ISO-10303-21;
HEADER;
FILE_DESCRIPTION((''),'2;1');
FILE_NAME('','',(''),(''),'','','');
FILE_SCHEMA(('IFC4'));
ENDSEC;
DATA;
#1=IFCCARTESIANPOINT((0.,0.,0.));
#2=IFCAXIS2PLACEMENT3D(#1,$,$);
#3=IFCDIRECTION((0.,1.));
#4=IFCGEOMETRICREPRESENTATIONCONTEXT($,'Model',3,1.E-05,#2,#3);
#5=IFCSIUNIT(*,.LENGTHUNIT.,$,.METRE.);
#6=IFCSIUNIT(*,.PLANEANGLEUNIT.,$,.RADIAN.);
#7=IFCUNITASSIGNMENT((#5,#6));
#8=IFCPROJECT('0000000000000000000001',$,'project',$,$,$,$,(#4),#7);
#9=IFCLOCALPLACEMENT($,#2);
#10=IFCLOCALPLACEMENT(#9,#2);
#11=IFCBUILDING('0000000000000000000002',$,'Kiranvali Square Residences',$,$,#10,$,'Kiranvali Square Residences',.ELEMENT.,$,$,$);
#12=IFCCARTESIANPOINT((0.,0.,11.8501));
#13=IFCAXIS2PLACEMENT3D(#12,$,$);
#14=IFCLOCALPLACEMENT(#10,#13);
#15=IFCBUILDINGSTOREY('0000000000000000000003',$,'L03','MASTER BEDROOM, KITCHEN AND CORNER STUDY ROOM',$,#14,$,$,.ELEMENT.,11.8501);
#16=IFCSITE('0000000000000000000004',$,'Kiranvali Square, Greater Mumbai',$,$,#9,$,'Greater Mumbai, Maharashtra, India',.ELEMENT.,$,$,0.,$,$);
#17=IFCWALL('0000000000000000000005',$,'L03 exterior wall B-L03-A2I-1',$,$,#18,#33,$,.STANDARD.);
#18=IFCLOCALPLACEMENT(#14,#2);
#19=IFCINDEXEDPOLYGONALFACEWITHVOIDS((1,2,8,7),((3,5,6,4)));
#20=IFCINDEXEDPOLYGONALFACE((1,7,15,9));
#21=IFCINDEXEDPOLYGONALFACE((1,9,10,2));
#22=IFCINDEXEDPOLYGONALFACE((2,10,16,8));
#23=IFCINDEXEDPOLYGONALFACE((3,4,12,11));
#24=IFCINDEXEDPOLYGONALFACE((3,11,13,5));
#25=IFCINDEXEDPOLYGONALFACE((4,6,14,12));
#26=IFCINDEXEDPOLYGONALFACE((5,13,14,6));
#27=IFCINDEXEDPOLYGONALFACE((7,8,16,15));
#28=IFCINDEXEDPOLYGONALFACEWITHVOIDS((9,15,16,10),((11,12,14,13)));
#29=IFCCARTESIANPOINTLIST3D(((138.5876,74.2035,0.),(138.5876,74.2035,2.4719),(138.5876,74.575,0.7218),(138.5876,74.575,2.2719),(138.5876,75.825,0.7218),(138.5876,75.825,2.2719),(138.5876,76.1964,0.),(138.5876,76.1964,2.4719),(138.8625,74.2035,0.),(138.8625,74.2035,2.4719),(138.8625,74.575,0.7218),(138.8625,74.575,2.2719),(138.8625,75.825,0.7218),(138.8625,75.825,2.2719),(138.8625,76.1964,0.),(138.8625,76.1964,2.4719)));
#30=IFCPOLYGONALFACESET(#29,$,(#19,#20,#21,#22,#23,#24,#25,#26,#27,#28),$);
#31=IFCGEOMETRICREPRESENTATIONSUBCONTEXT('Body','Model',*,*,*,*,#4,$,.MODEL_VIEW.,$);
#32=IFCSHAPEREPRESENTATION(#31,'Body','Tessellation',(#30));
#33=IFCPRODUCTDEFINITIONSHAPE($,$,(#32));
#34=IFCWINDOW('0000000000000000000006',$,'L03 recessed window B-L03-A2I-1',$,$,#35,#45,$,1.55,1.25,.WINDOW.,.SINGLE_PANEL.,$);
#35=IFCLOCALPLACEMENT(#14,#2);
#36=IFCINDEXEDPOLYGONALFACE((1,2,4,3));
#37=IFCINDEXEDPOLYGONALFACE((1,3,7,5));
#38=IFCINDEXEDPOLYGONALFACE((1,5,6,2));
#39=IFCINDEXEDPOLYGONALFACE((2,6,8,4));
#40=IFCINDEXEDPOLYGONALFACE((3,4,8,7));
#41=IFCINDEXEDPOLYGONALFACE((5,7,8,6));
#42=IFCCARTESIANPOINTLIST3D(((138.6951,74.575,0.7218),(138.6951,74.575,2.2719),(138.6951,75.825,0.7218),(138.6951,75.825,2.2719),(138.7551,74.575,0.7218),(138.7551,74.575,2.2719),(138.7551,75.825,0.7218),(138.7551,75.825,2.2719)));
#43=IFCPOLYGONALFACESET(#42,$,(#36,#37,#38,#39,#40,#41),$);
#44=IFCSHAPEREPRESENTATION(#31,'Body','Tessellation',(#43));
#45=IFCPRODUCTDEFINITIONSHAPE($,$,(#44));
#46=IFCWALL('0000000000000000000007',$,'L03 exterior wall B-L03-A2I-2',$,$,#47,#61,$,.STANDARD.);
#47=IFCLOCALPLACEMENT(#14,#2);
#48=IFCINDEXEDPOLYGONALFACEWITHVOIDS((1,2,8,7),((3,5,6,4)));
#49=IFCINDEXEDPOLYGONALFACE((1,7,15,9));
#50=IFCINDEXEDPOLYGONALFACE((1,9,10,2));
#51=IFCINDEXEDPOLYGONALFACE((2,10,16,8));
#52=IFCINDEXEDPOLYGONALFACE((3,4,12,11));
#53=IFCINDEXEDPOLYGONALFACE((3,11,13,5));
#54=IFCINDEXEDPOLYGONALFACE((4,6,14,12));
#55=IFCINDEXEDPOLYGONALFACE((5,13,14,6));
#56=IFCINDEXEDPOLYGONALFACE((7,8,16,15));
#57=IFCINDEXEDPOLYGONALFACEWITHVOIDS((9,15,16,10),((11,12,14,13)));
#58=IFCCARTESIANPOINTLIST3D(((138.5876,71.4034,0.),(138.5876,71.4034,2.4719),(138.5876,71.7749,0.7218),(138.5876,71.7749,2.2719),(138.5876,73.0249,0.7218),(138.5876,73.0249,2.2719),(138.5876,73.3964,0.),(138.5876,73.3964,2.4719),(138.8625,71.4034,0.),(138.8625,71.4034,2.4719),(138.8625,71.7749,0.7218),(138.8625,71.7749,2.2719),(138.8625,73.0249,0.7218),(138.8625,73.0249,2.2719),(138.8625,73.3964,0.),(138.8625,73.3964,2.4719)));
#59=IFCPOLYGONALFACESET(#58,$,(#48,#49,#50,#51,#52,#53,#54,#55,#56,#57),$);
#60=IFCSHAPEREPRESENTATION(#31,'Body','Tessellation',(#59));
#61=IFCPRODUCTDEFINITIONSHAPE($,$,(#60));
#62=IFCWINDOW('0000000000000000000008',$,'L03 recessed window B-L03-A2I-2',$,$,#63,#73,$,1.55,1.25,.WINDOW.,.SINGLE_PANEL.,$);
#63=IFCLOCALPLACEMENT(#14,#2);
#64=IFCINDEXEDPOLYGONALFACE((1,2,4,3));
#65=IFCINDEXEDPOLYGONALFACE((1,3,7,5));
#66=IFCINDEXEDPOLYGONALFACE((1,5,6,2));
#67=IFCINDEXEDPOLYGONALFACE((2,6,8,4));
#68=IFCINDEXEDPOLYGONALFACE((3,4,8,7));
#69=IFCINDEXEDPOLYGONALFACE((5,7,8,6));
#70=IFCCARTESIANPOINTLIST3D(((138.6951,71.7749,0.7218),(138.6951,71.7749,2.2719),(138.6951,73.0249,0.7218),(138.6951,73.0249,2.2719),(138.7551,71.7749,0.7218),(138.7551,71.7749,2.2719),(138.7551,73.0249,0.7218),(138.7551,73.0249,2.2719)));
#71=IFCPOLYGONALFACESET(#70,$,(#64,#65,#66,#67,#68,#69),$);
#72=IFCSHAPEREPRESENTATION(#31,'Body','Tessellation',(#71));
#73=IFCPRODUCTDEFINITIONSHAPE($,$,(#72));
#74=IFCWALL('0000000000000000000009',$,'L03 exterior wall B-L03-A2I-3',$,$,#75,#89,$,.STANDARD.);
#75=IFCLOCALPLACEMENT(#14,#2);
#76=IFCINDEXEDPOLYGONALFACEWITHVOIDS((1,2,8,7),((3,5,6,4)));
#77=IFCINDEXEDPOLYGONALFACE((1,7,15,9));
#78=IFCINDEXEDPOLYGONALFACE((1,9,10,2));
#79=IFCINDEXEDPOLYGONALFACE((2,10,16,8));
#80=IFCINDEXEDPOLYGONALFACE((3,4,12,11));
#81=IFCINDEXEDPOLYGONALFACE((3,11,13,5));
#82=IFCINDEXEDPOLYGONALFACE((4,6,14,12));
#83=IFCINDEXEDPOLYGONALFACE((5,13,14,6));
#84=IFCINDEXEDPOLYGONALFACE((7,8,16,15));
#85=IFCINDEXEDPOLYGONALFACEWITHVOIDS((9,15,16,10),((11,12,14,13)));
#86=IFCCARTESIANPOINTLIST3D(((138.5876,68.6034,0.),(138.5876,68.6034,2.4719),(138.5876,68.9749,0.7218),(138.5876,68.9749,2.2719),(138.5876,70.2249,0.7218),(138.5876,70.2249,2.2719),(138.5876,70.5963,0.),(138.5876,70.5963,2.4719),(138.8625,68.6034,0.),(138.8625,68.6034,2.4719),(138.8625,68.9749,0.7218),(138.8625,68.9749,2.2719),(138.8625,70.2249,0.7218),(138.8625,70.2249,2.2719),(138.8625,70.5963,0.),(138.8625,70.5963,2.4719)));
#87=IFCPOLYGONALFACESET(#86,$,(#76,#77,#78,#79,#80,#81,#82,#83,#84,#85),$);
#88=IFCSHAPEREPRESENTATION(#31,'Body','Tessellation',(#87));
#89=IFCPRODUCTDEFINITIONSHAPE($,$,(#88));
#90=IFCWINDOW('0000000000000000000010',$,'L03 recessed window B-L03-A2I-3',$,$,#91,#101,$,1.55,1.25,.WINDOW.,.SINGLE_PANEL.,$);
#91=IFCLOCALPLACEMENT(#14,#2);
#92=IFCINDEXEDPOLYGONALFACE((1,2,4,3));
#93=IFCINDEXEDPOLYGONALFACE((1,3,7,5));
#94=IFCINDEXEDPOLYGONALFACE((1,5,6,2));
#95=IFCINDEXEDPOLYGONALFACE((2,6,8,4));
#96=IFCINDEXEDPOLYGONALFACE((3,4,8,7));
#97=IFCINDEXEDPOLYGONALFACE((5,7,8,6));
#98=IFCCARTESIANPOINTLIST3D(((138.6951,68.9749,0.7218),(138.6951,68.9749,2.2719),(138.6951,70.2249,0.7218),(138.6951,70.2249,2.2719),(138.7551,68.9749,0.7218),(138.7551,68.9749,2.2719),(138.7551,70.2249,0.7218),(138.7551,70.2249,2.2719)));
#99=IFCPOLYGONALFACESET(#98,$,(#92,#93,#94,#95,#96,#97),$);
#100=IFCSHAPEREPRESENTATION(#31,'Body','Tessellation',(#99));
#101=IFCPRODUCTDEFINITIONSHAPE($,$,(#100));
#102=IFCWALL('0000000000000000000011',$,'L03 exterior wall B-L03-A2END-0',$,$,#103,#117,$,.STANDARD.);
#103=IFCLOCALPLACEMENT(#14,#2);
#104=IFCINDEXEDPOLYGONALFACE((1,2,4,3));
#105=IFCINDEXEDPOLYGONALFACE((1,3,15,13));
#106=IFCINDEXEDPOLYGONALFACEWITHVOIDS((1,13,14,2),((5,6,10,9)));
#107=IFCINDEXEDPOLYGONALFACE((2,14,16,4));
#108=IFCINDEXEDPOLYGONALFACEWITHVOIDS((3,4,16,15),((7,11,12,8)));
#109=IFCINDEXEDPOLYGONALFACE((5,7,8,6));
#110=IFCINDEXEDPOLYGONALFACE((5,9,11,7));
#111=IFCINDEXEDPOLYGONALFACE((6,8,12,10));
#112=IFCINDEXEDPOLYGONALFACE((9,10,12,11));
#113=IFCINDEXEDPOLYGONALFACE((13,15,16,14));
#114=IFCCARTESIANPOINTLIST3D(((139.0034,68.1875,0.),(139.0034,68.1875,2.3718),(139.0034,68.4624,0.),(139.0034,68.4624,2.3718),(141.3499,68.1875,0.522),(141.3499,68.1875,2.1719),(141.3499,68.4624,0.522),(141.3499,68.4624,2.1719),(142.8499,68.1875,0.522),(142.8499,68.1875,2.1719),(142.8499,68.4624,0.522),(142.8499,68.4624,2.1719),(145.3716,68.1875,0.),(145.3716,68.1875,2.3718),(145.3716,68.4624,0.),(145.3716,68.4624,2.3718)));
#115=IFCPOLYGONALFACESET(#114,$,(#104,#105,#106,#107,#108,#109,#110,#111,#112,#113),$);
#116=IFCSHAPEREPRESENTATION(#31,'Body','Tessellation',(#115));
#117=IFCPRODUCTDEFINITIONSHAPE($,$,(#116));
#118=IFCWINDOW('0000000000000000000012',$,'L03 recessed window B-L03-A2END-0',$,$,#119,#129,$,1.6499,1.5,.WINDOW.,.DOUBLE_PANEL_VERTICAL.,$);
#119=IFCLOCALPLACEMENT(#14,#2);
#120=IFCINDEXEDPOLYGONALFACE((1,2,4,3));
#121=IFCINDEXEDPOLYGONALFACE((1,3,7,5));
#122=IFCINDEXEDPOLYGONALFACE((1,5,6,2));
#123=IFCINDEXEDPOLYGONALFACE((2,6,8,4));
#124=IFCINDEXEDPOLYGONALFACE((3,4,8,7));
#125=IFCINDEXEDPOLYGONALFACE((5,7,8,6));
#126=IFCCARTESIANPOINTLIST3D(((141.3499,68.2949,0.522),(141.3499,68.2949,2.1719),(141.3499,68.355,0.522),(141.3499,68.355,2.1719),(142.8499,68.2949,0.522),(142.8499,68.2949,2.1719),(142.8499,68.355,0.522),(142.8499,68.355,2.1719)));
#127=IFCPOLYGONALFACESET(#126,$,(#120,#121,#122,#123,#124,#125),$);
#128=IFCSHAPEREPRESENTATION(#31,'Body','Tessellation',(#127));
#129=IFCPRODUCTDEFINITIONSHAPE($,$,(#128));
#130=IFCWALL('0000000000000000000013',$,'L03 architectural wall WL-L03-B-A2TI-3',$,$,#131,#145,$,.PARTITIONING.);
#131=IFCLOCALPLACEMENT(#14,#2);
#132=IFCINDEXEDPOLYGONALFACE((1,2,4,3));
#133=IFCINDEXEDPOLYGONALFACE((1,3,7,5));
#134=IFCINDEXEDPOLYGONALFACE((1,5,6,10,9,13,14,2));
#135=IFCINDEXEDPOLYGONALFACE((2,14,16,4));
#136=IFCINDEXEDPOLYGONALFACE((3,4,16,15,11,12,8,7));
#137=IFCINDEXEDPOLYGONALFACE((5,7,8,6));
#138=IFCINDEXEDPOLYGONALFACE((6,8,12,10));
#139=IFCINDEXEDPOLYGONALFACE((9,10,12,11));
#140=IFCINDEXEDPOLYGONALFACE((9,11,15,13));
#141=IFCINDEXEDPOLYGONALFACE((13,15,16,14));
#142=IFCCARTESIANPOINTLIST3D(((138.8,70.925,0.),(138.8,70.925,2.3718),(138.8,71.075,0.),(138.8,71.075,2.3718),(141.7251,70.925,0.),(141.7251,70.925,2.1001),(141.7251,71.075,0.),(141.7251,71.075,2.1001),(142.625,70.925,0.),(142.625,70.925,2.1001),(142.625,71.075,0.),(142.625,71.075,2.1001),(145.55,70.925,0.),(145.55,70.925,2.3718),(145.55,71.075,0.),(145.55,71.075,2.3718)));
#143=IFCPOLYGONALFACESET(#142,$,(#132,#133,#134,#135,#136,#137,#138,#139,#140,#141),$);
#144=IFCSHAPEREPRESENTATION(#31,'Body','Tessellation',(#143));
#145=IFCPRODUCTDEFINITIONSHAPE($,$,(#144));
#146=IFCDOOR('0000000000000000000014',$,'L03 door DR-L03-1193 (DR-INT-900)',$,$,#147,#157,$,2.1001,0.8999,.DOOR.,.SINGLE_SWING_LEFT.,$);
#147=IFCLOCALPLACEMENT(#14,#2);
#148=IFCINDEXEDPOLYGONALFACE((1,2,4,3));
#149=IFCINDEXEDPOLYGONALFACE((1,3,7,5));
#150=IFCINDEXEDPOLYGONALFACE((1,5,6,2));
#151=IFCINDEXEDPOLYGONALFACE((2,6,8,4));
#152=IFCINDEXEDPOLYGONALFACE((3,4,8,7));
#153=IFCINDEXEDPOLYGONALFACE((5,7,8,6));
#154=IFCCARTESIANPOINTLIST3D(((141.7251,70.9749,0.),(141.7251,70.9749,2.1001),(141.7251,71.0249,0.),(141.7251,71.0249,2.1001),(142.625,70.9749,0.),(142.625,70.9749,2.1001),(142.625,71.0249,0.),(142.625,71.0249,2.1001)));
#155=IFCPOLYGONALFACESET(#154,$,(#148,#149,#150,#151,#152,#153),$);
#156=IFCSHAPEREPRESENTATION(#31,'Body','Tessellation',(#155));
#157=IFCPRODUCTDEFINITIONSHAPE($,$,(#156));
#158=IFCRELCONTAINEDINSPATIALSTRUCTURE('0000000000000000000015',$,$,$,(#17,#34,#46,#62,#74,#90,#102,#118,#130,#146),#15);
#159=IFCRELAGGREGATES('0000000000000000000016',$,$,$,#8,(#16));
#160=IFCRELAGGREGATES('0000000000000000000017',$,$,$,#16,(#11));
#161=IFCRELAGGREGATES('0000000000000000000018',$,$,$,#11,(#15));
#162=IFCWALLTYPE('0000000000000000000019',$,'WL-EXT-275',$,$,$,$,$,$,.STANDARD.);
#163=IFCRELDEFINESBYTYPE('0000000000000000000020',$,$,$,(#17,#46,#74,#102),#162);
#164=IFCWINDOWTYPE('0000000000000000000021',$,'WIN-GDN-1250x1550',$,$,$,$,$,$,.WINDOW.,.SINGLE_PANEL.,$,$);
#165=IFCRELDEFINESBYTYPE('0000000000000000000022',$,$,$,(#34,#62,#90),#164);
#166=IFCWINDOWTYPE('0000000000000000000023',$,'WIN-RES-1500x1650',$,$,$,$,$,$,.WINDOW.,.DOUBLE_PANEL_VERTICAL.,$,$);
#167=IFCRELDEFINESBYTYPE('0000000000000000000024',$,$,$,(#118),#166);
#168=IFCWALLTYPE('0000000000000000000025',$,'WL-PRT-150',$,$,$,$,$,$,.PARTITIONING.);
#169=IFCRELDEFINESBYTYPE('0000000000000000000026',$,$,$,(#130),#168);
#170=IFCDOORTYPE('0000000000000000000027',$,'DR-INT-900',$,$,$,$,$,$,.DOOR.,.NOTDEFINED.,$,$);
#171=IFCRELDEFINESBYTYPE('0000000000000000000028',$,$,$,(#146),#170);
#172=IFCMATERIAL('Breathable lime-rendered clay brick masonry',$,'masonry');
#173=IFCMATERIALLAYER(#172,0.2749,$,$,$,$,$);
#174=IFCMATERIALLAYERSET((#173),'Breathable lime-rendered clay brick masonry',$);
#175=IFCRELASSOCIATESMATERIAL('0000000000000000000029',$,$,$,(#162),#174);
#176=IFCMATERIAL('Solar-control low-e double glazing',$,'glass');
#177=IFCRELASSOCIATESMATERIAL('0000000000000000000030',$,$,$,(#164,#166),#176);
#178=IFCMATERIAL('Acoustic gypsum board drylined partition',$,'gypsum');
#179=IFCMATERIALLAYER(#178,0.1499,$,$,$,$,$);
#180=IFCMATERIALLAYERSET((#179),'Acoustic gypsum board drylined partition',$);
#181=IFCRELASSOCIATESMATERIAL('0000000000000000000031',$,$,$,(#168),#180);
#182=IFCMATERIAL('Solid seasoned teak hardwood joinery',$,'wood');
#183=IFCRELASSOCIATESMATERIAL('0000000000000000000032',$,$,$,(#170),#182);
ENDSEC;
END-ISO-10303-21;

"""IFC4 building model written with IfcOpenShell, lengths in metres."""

from ifc_helpers import new_model, si_unit, direction, frame, frame_2d, origin, place, context, subcontext, project, spatial, rectangle, extrude, material, layer, layer_set, type_object, element, fill, save


model = new_model("IFC4")

# Units and contexts
model_context = context("Model", 3, precision=1e-05, world=origin(), true_north=direction((0.0, 1.0)))
body_context = subcontext(model_context, "Body", "Model", "MODEL_VIEW")
ifc_project = project(units=[si_unit("LENGTHUNIT", "METRE"), si_unit("PLANEANGLEUNIT", "RADIAN")], contexts=[model_context])

# Site, building, storey
site_placement = place(None, origin())
site = spatial("IfcSite", under=ifc_project, at=site_placement, Name="Kiranvali Square, Greater Mumbai", LongName="Greater Mumbai, Maharashtra, India", CompositionType="ELEMENT", RefElevation=0.0)
building_placement = place(site_placement, origin())
building = spatial("IfcBuilding", under=site, at=building_placement, Name="Kiranvali Square Residences", LongName="Kiranvali Square Residences", CompositionType="ELEMENT")
storey_placement = place(building_placement, frame((0.0, 0.0, 11.8501)))
storey = spatial("IfcBuildingStorey", under=building, at=storey_placement, Name="L03", Description="MASTER BEDROOM, KITCHEN AND CORNER STUDY ROOM", CompositionType="ELEMENT", Elevation=11.8501)

# Walls, openings, windows
ifc_material_1 = material(Name="Breathable lime-rendered clay brick masonry", Category="masonry")
ifc_layer_1 = layer(ifc_material_1, 0.2749)
ifc_layer_set_1 = layer_set([ifc_layer_1], Name="Breathable lime-rendered clay brick masonry")
wall_type_1 = type_object("IfcWallType", Name="WL-EXT-275", PredefinedType="STANDARD", material=ifc_layer_set_1)
wall_1_placement = place(storey_placement, frame((138.7251, 76.1965, 0.0), z_axis=(0.0, 0.0, 1.0), x_axis=(0.0, -1.0, 0.0)))
wall_1 = element("IfcWall", 1, at=wall_1_placement, inside=storey, type_object=wall_type_1, Name="L03 exterior wall B-L03-A2I-1", PredefinedType="STANDARD", context=body_context, shape_type="SweptSolid", body=[
    extrude(rectangle(XDim=1.9929, YDim=0.2749, at=frame_2d((0.9966, 0.0))), origin(), (0.0, 0.0, 1.0), 2.4719),
])
opening_1_placement = place(wall_1_placement, frame((0.3716, 0.0, 0.7219)))
opening_1 = element("IfcOpeningElement", 2, at=opening_1_placement, cuts=wall_1, PredefinedType="OPENING", context=body_context, shape_type="SweptSolid", body=[
    extrude(rectangle(XDim=1.25, YDim=1.55, at=frame_2d((0.625, 0.7749))), frame((0.0, 0.1475, 0.0), z_axis=(0.0, -1.0, 0.0), x_axis=(1.0, 0.0, 0.0)), (0.0, 0.0, 1.0), 0.2949),
])
ifc_material_2 = material(Name="Solar-control low-e double glazing", Category="glass")
window_type_1 = type_object("IfcWindowType", Name="WIN-GDN-1250x1550", PartitioningType="SINGLE_PANEL", PredefinedType="WINDOW", material=ifc_material_2)
window_1_placement = place(opening_1_placement, origin())
window_1 = element("IfcWindow", 3, at=window_1_placement, inside=storey, type_object=window_type_1, Name="L03 recessed window B-L03-A2I-1", OverallHeight=1.55, OverallWidth=1.25, PartitioningType="SINGLE_PANEL", PredefinedType="WINDOW", context=body_context, shape_type="SweptSolid", body=[
    extrude(rectangle(XDim=1.25, YDim=1.55, at=frame_2d((0.625, 0.7749))), frame((0.0, 0.03, 0.0), z_axis=(0.0, -1.0, 0.0), x_axis=(1.0, 0.0, 0.0)), (0.0, 0.0, 1.0), 0.0601),
])
fill(opening_1, window_1)
wall_2_placement = place(storey_placement, frame((138.7251, 73.3965, 0.0), z_axis=(0.0, 0.0, 1.0), x_axis=(0.0, -1.0, 0.0)))
wall_2 = element("IfcWall", 4, at=wall_2_placement, inside=storey, type_object=wall_type_1, Name="L03 exterior wall B-L03-A2I-2", PredefinedType="STANDARD", context=body_context, shape_type="SweptSolid", body=[
    extrude(rectangle(XDim=1.9929, YDim=0.2749, at=frame_2d((0.9966, 0.0))), origin(), (0.0, 0.0, 1.0), 2.4719),
])
opening_2_placement = place(wall_2_placement, frame((0.3716, 0.0, 0.7219)))
opening_2 = element("IfcOpeningElement", 5, at=opening_2_placement, cuts=wall_2, PredefinedType="OPENING", context=body_context, shape_type="SweptSolid", body=[
    extrude(rectangle(XDim=1.25, YDim=1.55, at=frame_2d((0.625, 0.7749))), frame((0.0, 0.1475, 0.0), z_axis=(0.0, -1.0, 0.0), x_axis=(1.0, 0.0, 0.0)), (0.0, 0.0, 1.0), 0.2949),
])
window_2_placement = place(opening_2_placement, origin())
window_2 = element("IfcWindow", 6, at=window_2_placement, inside=storey, type_object=window_type_1, Name="L03 recessed window B-L03-A2I-2", OverallHeight=1.55, OverallWidth=1.25, PartitioningType="SINGLE_PANEL", PredefinedType="WINDOW", context=body_context, shape_type="SweptSolid", body=[
    extrude(rectangle(XDim=1.25, YDim=1.55, at=frame_2d((0.625, 0.7749))), frame((0.0, 0.03, 0.0), z_axis=(0.0, -1.0, 0.0), x_axis=(1.0, 0.0, 0.0)), (0.0, 0.0, 1.0), 0.0601),
])
fill(opening_2, window_2)
wall_3_placement = place(storey_placement, frame((138.7251, 70.5964, 0.0), z_axis=(0.0, 0.0, 1.0), x_axis=(0.0, -1.0, 0.0)))
wall_3 = element("IfcWall", 7, at=wall_3_placement, inside=storey, type_object=wall_type_1, Name="L03 exterior wall B-L03-A2I-3", PredefinedType="STANDARD", context=body_context, shape_type="SweptSolid", body=[
    extrude(rectangle(XDim=1.9929, YDim=0.2749, at=frame_2d((0.9966, 0.0))), origin(), (0.0, 0.0, 1.0), 2.4719),
])
opening_3_placement = place(wall_3_placement, frame((0.3716, 0.0, 0.7219)))
opening_3 = element("IfcOpeningElement", 8, at=opening_3_placement, cuts=wall_3, PredefinedType="OPENING", context=body_context, shape_type="SweptSolid", body=[
    extrude(rectangle(XDim=1.25, YDim=1.55, at=frame_2d((0.625, 0.7749))), frame((0.0, 0.1475, 0.0), z_axis=(0.0, -1.0, 0.0), x_axis=(1.0, 0.0, 0.0)), (0.0, 0.0, 1.0), 0.2949),
])
window_3_placement = place(opening_3_placement, origin())
window_3 = element("IfcWindow", 9, at=window_3_placement, inside=storey, type_object=window_type_1, Name="L03 recessed window B-L03-A2I-3", OverallHeight=1.55, OverallWidth=1.25, PartitioningType="SINGLE_PANEL", PredefinedType="WINDOW", context=body_context, shape_type="SweptSolid", body=[
    extrude(rectangle(XDim=1.25, YDim=1.55, at=frame_2d((0.625, 0.7749))), frame((0.0, 0.03, 0.0), z_axis=(0.0, -1.0, 0.0), x_axis=(1.0, 0.0, 0.0)), (0.0, 0.0, 1.0), 0.0601),
])
fill(opening_3, window_3)
wall_4_placement = place(storey_placement, frame((139.0034, 68.325, 0.0), z_axis=(0.0, 0.0, 1.0), x_axis=(1.0, 0.0, 0.0)))
wall_4 = element("IfcWall", 10, at=wall_4_placement, inside=storey, type_object=wall_type_1, Name="L03 exterior wall B-L03-A2END-0", PredefinedType="STANDARD", context=body_context, shape_type="SweptSolid", body=[
    extrude(rectangle(XDim=6.3682, YDim=0.2749, at=frame_2d((3.1841, 0.0))), origin(), (0.0, 0.0, 1.0), 2.3718),
])
opening_4_placement = place(wall_4_placement, frame((2.3464, 0.0, 0.522)))
opening_4 = element("IfcOpeningElement", 11, at=opening_4_placement, cuts=wall_4, PredefinedType="OPENING", context=body_context, shape_type="SweptSolid", body=[
    extrude(rectangle(XDim=1.5, YDim=1.6499, at=frame_2d((0.75, 0.825))), frame((0.0, 0.1475, 0.0), z_axis=(0.0, -1.0, 0.0), x_axis=(1.0, 0.0, 0.0)), (0.0, 0.0, 1.0), 0.2949),
])
window_type_2 = type_object("IfcWindowType", Name="WIN-RES-1500x1650", PartitioningType="DOUBLE_PANEL_VERTICAL", PredefinedType="WINDOW", material=ifc_material_2)
window_4_placement = place(opening_4_placement, origin())
window_4 = element("IfcWindow", 12, at=window_4_placement, inside=storey, type_object=window_type_2, Name="L03 recessed window B-L03-A2END-0", OverallHeight=1.6499, OverallWidth=1.5, PartitioningType="DOUBLE_PANEL_VERTICAL", PredefinedType="WINDOW", context=body_context, shape_type="SweptSolid", body=[
    extrude(rectangle(XDim=1.5, YDim=1.6499, at=frame_2d((0.75, 0.825))), frame((0.0, 0.03, 0.0), z_axis=(0.0, -1.0, 0.0), x_axis=(1.0, 0.0, 0.0)), (0.0, 0.0, 1.0), 0.0601),
])
fill(opening_4, window_4)

# Wall, opening, door
ifc_material_3 = material(Name="Acoustic gypsum board drylined partition", Category="gypsum")
ifc_layer_2 = layer(ifc_material_3, 0.1499)
ifc_layer_set_2 = layer_set([ifc_layer_2], Name="Acoustic gypsum board drylined partition")
wall_type_2 = type_object("IfcWallType", Name="WL-PRT-150", PredefinedType="PARTITIONING", material=ifc_layer_set_2)
wall_5_placement = place(storey_placement, frame((138.8, 71.0, 0.0), z_axis=(0.0, 0.0, 1.0), x_axis=(1.0, 0.0, 0.0)))
wall_5 = element("IfcWall", 13, at=wall_5_placement, inside=storey, type_object=wall_type_2, Name="L03 architectural wall WL-L03-B-A2TI-3", PredefinedType="PARTITIONING", context=body_context, shape_type="SweptSolid", body=[
    extrude(rectangle(XDim=6.75, YDim=0.1499, at=frame_2d((3.375, 0.0))), origin(), (0.0, 0.0, 1.0), 2.3718),
])
opening_5_placement = place(wall_5_placement, frame((2.925, 0.0, 0.0)))
opening_5 = element("IfcOpeningElement", 14, at=opening_5_placement, cuts=wall_5, PredefinedType="OPENING", context=body_context, shape_type="SweptSolid", body=[
    extrude(rectangle(XDim=0.8999, YDim=2.1001, at=frame_2d((0.45, 1.05))), frame((0.0, 0.085, 0.0), z_axis=(0.0, -1.0, 0.0), x_axis=(1.0, 0.0, 0.0)), (0.0, 0.0, 1.0), 0.1699),
])
ifc_material_4 = material(Name="Solid seasoned teak hardwood joinery", Category="wood")
door_type = type_object("IfcDoorType", Name="DR-INT-900", OperationType="NOTDEFINED", PredefinedType="DOOR", material=ifc_material_4)
door_placement = place(opening_5_placement, origin())
door = element("IfcDoor", 15, at=door_placement, inside=storey, type_object=door_type, Name="L03 door DR-L03-1193 (DR-INT-900)", OperationType="SINGLE_SWING_LEFT", OverallHeight=2.1001, OverallWidth=0.8999, PredefinedType="DOOR", context=body_context, shape_type="SweptSolid", body=[
    extrude(rectangle(XDim=0.8999, YDim=2.1001, at=frame_2d((0.45, 1.05))), frame((0.0, 0.0249, 0.0), z_axis=(0.0, -1.0, 0.0), x_axis=(1.0, 0.0, 0.0)), (0.0, 0.0, 1.0), 0.05),
])
fill(opening_5, door)

save(model, "model.ifc")
